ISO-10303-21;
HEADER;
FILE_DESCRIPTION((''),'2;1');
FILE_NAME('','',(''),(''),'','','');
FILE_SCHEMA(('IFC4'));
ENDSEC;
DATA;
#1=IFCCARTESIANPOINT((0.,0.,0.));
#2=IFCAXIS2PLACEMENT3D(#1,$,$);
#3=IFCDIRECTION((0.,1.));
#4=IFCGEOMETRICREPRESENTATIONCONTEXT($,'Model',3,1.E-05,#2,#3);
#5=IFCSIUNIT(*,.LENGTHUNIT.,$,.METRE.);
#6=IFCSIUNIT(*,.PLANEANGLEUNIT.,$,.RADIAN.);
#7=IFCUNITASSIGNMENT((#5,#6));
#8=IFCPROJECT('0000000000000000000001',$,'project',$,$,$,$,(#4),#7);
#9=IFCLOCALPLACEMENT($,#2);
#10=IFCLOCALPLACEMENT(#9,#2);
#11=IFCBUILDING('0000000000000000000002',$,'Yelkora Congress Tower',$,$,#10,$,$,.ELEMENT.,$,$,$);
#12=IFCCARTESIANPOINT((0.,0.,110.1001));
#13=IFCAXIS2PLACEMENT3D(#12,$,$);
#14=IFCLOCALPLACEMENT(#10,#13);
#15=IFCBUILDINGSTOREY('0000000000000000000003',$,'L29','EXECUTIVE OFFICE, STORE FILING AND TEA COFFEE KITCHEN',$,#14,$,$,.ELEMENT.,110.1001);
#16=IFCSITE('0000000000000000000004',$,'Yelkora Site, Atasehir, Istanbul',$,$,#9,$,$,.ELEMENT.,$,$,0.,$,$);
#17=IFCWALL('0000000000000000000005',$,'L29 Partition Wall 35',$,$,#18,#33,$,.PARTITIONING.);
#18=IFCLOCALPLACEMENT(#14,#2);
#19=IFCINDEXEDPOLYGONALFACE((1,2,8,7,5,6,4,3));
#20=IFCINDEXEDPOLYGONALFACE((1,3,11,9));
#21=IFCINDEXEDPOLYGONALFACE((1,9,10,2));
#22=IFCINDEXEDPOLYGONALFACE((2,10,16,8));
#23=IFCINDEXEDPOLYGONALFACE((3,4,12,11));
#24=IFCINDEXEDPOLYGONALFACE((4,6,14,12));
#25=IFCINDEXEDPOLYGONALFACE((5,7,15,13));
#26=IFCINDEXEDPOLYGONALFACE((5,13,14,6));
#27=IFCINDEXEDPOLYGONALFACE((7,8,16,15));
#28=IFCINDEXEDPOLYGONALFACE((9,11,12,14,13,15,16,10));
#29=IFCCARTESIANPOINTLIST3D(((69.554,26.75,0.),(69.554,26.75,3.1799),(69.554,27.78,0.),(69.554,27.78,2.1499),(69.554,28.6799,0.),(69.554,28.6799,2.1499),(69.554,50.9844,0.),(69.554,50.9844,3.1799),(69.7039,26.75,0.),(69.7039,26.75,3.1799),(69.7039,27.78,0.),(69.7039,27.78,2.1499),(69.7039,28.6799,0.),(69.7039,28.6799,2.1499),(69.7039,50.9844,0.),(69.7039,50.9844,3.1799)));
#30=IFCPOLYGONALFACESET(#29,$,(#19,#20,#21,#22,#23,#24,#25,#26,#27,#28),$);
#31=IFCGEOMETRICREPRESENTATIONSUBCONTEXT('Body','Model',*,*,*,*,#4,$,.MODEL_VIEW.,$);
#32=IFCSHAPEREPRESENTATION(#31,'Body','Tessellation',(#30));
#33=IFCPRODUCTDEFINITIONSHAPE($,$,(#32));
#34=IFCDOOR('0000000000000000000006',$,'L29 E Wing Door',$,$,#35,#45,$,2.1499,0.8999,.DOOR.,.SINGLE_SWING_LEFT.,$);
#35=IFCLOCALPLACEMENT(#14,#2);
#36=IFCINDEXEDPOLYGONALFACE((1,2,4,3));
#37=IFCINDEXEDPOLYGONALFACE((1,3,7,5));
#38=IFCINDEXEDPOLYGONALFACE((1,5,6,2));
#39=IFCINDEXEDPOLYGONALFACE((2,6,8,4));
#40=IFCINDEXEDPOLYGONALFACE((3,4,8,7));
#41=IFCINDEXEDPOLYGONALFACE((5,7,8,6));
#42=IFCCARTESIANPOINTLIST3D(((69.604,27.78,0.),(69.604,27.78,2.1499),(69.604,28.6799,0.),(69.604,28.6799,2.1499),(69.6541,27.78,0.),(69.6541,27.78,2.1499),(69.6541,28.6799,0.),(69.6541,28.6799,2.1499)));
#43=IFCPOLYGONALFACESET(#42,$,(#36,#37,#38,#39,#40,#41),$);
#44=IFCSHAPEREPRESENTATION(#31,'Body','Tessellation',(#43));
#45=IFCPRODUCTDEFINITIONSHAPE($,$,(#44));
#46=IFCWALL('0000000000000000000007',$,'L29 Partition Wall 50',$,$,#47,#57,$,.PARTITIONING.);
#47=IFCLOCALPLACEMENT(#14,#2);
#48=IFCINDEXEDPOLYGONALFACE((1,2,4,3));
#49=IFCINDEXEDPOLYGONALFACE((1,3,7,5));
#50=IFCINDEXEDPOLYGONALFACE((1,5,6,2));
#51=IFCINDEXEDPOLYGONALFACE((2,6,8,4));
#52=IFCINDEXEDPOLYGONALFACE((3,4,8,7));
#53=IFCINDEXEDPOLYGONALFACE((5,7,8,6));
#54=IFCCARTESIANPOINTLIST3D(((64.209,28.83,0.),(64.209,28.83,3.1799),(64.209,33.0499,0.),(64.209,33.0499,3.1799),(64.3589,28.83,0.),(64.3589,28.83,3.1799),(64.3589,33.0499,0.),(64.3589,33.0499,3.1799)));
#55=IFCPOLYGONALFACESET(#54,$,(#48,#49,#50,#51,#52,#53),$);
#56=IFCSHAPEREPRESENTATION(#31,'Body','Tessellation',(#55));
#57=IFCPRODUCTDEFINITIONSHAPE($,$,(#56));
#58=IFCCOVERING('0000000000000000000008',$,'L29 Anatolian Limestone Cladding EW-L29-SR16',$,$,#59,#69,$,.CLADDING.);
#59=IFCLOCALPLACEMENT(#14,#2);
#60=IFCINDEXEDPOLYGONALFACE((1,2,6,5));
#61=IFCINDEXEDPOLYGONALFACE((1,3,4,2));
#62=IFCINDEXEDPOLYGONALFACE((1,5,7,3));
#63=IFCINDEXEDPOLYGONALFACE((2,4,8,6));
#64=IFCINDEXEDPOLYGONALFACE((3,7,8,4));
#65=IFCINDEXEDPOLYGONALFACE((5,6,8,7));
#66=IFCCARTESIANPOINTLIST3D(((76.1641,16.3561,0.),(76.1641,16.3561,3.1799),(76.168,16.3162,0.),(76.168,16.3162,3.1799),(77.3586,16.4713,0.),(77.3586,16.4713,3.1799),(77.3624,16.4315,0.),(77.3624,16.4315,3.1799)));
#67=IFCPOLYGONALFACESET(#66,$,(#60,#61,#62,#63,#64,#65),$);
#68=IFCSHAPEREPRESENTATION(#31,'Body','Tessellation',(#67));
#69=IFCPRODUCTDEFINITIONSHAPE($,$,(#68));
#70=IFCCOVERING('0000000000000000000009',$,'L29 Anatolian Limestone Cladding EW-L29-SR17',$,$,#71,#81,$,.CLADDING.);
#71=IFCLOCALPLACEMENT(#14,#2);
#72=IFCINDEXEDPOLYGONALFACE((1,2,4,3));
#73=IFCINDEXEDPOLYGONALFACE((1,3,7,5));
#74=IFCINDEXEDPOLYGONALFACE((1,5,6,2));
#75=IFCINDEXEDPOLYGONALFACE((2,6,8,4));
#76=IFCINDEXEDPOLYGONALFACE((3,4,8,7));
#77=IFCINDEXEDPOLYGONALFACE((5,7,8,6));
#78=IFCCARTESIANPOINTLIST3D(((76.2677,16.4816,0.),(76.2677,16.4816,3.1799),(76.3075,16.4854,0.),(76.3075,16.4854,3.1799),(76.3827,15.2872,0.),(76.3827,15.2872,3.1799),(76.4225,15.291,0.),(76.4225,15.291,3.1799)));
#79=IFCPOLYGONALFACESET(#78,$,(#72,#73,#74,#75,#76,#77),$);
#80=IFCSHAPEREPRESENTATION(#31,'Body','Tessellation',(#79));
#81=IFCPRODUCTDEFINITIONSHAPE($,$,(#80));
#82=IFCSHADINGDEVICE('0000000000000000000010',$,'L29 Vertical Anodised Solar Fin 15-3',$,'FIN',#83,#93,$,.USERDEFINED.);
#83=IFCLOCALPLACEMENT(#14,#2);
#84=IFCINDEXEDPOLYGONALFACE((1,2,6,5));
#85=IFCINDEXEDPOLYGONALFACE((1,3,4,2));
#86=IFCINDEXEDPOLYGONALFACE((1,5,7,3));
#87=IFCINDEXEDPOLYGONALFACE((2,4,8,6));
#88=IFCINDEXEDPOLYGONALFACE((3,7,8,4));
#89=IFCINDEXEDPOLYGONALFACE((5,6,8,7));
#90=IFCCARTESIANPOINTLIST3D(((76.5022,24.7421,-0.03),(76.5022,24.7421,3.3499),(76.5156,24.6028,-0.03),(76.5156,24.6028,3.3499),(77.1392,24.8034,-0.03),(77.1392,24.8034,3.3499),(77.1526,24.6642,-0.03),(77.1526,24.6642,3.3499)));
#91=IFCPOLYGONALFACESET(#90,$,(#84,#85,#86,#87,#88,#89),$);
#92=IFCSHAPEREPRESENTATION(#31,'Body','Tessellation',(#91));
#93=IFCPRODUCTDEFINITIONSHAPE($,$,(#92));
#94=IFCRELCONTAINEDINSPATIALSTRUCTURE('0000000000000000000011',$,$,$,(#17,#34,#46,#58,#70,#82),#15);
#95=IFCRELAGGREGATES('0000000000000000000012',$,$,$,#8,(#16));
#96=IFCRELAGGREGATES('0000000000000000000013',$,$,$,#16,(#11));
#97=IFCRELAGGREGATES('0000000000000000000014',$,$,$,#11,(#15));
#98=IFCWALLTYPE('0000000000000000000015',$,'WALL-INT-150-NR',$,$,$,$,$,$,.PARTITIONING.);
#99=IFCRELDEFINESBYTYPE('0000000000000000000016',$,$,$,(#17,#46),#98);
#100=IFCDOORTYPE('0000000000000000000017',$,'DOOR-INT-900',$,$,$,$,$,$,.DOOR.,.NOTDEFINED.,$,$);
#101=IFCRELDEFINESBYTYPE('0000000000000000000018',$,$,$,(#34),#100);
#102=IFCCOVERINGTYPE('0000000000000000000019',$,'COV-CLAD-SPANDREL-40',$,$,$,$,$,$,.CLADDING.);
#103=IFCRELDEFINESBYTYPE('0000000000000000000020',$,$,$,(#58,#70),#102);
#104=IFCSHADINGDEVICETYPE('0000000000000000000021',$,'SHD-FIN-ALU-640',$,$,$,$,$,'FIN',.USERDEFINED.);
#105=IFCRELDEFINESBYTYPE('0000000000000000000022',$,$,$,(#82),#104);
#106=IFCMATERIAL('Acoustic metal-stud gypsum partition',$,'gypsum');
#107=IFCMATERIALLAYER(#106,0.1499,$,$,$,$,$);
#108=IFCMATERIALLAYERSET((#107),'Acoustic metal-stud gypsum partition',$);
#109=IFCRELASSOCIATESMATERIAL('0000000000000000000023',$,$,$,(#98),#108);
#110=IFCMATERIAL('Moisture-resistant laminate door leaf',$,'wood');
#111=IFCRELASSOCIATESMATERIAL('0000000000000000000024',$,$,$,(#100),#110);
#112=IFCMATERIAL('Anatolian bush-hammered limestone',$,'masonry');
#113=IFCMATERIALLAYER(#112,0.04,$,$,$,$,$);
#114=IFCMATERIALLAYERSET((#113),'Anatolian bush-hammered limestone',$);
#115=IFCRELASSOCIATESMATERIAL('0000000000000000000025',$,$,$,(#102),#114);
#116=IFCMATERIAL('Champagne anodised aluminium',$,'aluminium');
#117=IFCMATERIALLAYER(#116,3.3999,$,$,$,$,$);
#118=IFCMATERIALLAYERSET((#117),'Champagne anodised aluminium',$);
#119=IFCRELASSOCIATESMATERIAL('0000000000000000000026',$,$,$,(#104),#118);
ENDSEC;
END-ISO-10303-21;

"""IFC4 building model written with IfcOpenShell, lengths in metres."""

from ifc_helpers import new_model, si_unit, direction, frame, frame_2d, origin, origin_2d, place, context, subcontext, project, spatial, rectangle, extrude, material, layer, layer_set, type_object, element, fill, save


model = new_model("IFC4")

# Units and contexts
model_context = context("Model", 3, precision=1e-05, world=origin(), true_north=direction((0.0, 1.0)))
body_context = subcontext(model_context, "Body", "Model", "MODEL_VIEW")
ifc_project = project(units=[si_unit("LENGTHUNIT", "METRE"), si_unit("PLANEANGLEUNIT", "RADIAN")], contexts=[model_context])

# Site, building, storey
site_placement = place(None, origin())
site = spatial("IfcSite", under=ifc_project, at=site_placement, Name="Yelkora Site, Atasehir, Istanbul", CompositionType="ELEMENT", RefElevation=0.0)
building_placement = place(site_placement, origin())
building = spatial("IfcBuilding", under=site, at=building_placement, Name="Yelkora Congress Tower", CompositionType="ELEMENT")
storey_placement = place(building_placement, frame((0.0, 0.0, 110.1001)))
storey = spatial("IfcBuildingStorey", under=building, at=storey_placement, Name="L29", Description="EXECUTIVE OFFICE, STORE FILING AND TEA COFFEE KITCHEN", CompositionType="ELEMENT", Elevation=110.1001)

# Wall, opening, door
ifc_material_1 = material(Name="Acoustic metal-stud gypsum partition", Category="gypsum")
ifc_layer_1 = layer(ifc_material_1, 0.1499)
ifc_layer_set_1 = layer_set([ifc_layer_1], Name="Acoustic metal-stud gypsum partition")
wall_type_1 = type_object("IfcWallType", Name="WALL-INT-150-NR", PredefinedType="PARTITIONING", material=ifc_layer_set_1)
wall_1_placement = place(storey_placement, frame((69.6289, 26.75, 0.0), z_axis=(0.0, 0.0, 1.0), x_axis=(0.0, 1.0, 0.0)))
wall_1 = element("IfcWall", 1, at=wall_1_placement, inside=storey, type_object=wall_type_1, Name="L29 Partition Wall 35", PredefinedType="PARTITIONING", context=body_context, shape_type="SweptSolid", body=[
    extrude(rectangle(XDim=24.2344, YDim=0.1499, at=frame_2d((12.1172, 0.0))), origin(), (0.0, 0.0, 1.0), 3.1799),
])
opening_placement = place(wall_1_placement, frame((1.03, 0.0, 0.0)))
opening = element("IfcOpeningElement", 2, at=opening_placement, cuts=wall_1, PredefinedType="OPENING", context=body_context, shape_type="SweptSolid", body=[
    extrude(rectangle(XDim=0.8999, YDim=2.1499, at=frame_2d((0.45, 1.075))), frame((0.0, 0.085, 0.0), z_axis=(0.0, -1.0, 0.0), x_axis=(1.0, 0.0, 0.0)), (0.0, 0.0, 1.0), 0.1699),
])
ifc_material_2 = material(Name="Moisture-resistant laminate door leaf", Category="wood")
door_type = type_object("IfcDoorType", Name="DOOR-INT-900", OperationType="NOTDEFINED", PredefinedType="DOOR", material=ifc_material_2)
door_placement = place(opening_placement, origin())
door = element("IfcDoor", 3, at=door_placement, inside=storey, type_object=door_type, Name="L29 E Wing Door", OperationType="SINGLE_SWING_LEFT", OverallHeight=2.1499, OverallWidth=0.8999, PredefinedType="DOOR", context=body_context, shape_type="SweptSolid", body=[
    extrude(rectangle(XDim=0.8999, YDim=2.1499, at=frame_2d((0.45, 1.075))), frame((0.0, 0.0249, 0.0), z_axis=(0.0, -1.0, 0.0), x_axis=(1.0, 0.0, 0.0)), (0.0, 0.0, 1.0), 0.05),
])
fill(opening, door)

# Wall
wall_2_placement = place(storey_placement, frame((64.2839, 28.8301, 0.0), z_axis=(0.0, 0.0, 1.0), x_axis=(0.0, 1.0, 0.0)))
element("IfcWall", 4, at=wall_2_placement, inside=storey, type_object=wall_type_1, Name="L29 Partition Wall 50", PredefinedType="PARTITIONING", context=body_context, shape_type="SweptSolid", body=[
    extrude(rectangle(XDim=4.22, YDim=0.1499, at=frame_2d((2.1099, 0.0))), origin(), (0.0, 0.0, 1.0), 3.1799),
])

# Coverings
ifc_material_3 = material(Name="Anatolian bush-hammered limestone", Category="masonry")
ifc_layer_2 = layer(ifc_material_3, 0.04)
ifc_layer_set_2 = layer_set([ifc_layer_2], Name="Anatolian bush-hammered limestone")
covering_type = type_object("IfcCoveringType", Name="COV-CLAD-SPANDREL-40", PredefinedType="CLADDING", material=ifc_layer_set_2)
for number, where, z_axis, x_axis, name in (
    (5, (77.3606, 16.4514, 0.0), (0.0, 0.0, 1.0), (-0.995378, -0.096038, 0.0), "L29 Anatolian Limestone Cladding EW-L29-SR16"),
    (6, (76.2876, 16.4836, 0.0), (0.0, 0.0, 1.0), (0.095836, -0.995397, 0.0), "L29 Anatolian Limestone Cladding EW-L29-SR17"),
):
    element("IfcCovering", number, at=place(storey_placement, frame(where, z_axis=z_axis, x_axis=x_axis)), inside=storey, type_object=covering_type, Name=name, PredefinedType="CLADDING", context=body_context, shape_type="SweptSolid", body=[
        extrude(rectangle(XDim=1.2, YDim=0.04, at=frame_2d((0.6001, 0.0))), origin(), (0.0, 0.0, 1.0), 3.1799),
    ])

# Shading device
ifc_material_4 = material(Name="Champagne anodised aluminium", Category="aluminium")
ifc_layer_3 = layer(ifc_material_4, 3.3999)
ifc_layer_set_3 = layer_set([ifc_layer_3], Name="Champagne anodised aluminium")
shading_device_type = type_object("IfcShadingDeviceType", Name="SHD-FIN-ALU-640", ElementType="FIN", PredefinedType="USERDEFINED", material=ifc_layer_set_3)
shading_device_placement = place(storey_placement, frame((76.8274, 24.7031, -0.03), z_axis=(0.0, 0.0, 1.0), x_axis=(0.095846, -0.995396, 0.0)))
element("IfcShadingDevice", 7, at=shading_device_placement, inside=storey, type_object=shading_device_type, Name="L29 Vertical Anodised Solar Fin 15-3", ObjectType="FIN", PredefinedType="USERDEFINED", context=body_context, shape_type="SweptSolid", body=[
    extrude(rectangle(XDim=0.1399, YDim=0.6399, at=origin_2d()), origin(), (0.0, 0.0, 1.0), 3.3799),
])

save(model, "model.ifc")
